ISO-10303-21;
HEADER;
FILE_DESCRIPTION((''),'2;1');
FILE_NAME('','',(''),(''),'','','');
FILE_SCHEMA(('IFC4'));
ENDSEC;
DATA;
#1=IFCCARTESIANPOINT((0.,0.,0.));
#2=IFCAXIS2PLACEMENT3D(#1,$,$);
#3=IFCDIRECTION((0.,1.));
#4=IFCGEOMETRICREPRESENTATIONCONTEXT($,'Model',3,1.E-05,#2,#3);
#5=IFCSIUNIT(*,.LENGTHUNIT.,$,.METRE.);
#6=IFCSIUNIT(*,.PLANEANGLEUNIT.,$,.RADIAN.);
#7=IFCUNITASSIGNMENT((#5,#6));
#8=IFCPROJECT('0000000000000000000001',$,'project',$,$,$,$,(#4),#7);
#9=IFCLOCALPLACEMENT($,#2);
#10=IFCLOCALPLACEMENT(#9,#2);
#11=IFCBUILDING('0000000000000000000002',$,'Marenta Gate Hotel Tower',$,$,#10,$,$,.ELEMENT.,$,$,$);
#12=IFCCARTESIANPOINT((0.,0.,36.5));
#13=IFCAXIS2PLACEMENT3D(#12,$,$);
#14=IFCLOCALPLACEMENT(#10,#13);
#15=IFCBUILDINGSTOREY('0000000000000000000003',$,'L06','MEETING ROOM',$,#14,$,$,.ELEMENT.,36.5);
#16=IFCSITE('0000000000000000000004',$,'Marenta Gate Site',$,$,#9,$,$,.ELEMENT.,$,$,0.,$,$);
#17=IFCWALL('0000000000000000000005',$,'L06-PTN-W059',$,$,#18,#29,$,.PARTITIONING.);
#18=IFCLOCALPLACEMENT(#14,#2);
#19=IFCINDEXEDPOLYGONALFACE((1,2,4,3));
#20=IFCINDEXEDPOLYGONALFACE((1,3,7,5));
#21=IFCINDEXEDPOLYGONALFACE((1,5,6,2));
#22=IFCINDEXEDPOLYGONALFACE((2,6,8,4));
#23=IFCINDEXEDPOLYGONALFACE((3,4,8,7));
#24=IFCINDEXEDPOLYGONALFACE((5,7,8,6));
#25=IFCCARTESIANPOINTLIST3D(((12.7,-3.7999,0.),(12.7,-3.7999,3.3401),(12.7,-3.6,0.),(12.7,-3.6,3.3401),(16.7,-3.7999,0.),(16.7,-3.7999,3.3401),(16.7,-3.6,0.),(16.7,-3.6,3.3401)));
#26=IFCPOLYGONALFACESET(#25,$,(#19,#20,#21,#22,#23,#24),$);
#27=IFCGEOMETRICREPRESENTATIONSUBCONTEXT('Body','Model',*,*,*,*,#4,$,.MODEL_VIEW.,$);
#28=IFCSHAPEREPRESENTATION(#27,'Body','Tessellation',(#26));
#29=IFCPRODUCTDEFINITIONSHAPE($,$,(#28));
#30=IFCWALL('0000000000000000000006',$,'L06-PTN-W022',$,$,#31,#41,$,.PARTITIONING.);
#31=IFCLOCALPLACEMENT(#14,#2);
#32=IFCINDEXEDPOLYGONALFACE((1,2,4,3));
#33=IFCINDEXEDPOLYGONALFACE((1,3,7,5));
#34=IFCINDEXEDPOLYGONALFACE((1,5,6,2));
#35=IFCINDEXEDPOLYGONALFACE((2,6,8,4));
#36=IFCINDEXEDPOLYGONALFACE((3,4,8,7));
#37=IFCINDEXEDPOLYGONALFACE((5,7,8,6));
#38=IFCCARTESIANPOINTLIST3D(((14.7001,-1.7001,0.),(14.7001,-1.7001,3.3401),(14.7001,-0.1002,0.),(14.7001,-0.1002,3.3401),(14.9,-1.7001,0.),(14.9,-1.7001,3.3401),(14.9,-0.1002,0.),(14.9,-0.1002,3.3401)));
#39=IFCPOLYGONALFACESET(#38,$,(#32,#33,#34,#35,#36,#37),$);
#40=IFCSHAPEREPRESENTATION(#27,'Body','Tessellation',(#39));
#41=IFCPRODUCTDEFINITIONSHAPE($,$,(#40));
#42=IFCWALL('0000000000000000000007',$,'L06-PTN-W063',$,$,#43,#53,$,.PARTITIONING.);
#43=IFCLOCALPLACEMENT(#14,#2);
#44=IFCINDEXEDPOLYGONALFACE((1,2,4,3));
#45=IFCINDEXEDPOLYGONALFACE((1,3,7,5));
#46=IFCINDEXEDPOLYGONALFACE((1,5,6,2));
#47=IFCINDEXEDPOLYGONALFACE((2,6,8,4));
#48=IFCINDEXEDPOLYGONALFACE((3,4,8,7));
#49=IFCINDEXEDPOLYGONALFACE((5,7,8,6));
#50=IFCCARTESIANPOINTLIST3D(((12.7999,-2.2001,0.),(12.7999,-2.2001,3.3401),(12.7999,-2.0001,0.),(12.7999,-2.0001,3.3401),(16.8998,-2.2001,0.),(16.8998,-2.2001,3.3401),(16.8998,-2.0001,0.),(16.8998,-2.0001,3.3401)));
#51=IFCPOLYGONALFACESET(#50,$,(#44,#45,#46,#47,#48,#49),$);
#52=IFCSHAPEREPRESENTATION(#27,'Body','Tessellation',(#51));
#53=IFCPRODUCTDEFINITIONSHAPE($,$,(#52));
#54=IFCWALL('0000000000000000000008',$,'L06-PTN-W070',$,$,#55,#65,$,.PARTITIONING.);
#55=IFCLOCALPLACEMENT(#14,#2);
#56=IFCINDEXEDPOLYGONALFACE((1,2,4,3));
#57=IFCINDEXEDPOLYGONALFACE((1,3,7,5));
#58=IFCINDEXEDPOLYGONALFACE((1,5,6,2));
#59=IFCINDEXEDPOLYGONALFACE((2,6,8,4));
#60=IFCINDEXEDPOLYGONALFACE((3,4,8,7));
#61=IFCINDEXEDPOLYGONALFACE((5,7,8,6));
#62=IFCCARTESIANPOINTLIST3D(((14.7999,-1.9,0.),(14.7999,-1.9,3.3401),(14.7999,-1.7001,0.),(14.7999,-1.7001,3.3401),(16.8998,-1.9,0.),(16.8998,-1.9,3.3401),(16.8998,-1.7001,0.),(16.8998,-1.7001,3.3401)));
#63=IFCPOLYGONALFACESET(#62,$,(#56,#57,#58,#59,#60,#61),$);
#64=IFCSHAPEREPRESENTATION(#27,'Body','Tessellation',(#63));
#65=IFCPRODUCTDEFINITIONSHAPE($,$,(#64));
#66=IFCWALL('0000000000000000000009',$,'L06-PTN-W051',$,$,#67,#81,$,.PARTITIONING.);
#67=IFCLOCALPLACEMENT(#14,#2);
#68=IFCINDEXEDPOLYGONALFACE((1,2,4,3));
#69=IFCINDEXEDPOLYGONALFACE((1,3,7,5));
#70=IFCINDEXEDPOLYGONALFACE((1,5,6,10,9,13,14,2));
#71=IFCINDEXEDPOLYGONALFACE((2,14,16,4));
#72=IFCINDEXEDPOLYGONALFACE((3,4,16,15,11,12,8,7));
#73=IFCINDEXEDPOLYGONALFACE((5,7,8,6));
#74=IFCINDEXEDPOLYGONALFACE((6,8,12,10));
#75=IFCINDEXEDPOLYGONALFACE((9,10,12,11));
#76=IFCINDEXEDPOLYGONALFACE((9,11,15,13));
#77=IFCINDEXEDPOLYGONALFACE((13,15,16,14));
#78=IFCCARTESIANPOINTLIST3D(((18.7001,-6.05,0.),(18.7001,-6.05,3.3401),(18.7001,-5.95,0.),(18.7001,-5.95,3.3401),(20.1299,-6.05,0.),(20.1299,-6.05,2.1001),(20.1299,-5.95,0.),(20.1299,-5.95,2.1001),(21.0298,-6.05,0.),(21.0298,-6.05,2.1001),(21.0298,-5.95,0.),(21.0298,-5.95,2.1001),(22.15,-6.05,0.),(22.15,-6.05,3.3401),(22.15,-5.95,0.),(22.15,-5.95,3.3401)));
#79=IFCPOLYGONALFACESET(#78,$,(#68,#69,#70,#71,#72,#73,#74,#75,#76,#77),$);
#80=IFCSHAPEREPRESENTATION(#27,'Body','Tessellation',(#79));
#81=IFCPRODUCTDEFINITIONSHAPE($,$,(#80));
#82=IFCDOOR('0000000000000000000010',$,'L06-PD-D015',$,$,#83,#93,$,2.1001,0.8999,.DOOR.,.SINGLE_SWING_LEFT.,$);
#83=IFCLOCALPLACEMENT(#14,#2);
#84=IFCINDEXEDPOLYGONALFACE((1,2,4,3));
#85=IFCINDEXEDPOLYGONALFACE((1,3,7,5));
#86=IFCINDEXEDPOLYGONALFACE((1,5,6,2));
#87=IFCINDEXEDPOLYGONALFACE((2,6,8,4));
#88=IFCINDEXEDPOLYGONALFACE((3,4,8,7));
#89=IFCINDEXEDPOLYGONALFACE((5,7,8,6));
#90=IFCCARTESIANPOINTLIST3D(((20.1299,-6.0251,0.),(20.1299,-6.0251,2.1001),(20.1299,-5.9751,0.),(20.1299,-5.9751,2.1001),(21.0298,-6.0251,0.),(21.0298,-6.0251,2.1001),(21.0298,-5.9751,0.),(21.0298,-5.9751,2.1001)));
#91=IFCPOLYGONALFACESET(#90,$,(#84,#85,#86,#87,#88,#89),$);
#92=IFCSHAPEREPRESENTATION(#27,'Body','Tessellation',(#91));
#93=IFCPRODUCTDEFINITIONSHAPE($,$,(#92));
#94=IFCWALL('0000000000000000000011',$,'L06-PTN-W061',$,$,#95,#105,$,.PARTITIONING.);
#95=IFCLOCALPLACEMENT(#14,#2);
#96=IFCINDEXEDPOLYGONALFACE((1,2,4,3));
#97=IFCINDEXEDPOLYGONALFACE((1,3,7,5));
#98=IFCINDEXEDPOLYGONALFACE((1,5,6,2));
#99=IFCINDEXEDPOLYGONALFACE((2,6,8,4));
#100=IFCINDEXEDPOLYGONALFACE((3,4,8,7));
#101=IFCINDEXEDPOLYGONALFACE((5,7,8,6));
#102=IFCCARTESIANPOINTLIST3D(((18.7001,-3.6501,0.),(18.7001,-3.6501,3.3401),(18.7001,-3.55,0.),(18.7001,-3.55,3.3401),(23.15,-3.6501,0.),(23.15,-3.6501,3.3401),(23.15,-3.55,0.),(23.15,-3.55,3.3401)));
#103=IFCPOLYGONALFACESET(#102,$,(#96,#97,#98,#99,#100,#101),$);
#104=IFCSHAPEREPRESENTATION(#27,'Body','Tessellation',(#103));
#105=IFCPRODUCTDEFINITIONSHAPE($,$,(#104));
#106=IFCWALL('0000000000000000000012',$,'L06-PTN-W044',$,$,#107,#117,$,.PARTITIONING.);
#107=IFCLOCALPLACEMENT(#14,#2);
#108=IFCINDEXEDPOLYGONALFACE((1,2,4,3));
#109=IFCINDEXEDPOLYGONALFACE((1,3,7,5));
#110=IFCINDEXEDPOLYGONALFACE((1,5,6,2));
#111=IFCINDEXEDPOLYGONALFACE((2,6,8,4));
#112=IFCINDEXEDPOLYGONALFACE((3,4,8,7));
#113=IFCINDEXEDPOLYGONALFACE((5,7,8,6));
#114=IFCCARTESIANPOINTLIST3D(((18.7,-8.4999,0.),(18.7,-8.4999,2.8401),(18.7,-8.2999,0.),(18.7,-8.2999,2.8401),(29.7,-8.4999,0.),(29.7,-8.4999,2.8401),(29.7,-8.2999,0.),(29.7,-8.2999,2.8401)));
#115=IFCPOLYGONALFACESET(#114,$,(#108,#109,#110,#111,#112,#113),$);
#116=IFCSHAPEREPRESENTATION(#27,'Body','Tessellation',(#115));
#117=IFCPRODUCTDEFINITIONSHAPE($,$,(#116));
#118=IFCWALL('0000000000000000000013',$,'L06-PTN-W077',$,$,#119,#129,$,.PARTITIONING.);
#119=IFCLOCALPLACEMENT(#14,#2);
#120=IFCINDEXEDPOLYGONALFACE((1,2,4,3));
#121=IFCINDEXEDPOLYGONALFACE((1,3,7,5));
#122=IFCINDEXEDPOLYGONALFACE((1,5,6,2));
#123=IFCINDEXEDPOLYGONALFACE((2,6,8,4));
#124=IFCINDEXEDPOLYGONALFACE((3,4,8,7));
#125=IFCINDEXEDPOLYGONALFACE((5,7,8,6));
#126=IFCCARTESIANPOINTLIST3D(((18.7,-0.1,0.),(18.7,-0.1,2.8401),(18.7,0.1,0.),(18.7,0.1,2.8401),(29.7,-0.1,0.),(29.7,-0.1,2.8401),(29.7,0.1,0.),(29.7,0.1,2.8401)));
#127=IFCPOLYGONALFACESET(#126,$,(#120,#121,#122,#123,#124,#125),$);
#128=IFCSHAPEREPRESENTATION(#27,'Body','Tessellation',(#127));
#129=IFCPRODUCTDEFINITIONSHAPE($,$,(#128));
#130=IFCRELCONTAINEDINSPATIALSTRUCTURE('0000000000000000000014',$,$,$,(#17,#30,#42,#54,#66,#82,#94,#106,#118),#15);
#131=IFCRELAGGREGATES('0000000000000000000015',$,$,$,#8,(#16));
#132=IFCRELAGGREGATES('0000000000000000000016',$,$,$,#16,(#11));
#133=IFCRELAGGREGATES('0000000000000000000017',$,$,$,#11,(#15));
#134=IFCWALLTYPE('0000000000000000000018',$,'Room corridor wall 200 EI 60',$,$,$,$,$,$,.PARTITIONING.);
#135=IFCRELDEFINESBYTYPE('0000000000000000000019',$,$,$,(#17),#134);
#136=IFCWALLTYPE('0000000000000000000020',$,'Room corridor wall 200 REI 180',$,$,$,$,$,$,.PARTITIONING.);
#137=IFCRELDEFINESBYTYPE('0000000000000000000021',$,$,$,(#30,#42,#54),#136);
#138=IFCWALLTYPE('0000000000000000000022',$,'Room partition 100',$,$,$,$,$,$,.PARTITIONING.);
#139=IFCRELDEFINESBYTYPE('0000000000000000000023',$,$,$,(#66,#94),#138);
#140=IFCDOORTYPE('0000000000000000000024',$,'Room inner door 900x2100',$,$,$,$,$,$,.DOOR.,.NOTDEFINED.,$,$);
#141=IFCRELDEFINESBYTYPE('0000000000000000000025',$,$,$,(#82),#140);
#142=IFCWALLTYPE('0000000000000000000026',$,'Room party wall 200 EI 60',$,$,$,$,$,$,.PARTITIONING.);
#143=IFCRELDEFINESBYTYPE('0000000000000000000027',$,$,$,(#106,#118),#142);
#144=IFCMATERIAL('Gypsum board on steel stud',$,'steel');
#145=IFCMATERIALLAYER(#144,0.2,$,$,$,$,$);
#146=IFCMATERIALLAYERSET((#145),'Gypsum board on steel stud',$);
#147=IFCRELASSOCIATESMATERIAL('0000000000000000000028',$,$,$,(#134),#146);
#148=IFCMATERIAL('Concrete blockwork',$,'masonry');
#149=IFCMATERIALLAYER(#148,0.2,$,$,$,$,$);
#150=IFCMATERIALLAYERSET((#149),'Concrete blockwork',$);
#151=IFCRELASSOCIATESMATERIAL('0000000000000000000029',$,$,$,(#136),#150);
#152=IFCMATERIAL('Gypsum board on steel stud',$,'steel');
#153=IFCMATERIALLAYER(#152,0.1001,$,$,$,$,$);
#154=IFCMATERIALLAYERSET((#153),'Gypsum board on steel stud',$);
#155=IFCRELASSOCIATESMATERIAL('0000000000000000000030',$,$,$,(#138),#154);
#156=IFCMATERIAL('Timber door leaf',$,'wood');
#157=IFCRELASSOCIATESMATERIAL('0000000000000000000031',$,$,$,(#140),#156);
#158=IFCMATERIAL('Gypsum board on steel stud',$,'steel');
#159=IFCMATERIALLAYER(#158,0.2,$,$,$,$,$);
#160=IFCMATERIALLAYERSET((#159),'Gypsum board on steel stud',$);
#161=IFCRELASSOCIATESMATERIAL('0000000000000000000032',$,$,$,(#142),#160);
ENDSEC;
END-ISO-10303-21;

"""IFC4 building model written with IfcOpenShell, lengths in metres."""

from ifc_helpers import new_model, si_unit, direction, frame, frame_2d, origin, place, context, subcontext, project, spatial, rectangle, extrude, material, layer, layer_set, type_object, element, fill, save


model = new_model("IFC4")

# Units and contexts
model_context = context("Model", 3, precision=1e-05, world=origin(), true_north=direction((0.0, 1.0)))
body_context = subcontext(model_context, "Body", "Model", "MODEL_VIEW")
ifc_project = project(units=[si_unit("LENGTHUNIT", "METRE"), si_unit("PLANEANGLEUNIT", "RADIAN")], contexts=[model_context])

# Site, building, storey
site_placement = place(None, origin())
site = spatial("IfcSite", under=ifc_project, at=site_placement, Name="Marenta Gate Site", CompositionType="ELEMENT", RefElevation=0.0)
building_placement = place(site_placement, origin())
building = spatial("IfcBuilding", under=site, at=building_placement, Name="Marenta Gate Hotel Tower", CompositionType="ELEMENT")
storey_placement = place(building_placement, frame((0.0, 0.0, 36.5)))
storey = spatial("IfcBuildingStorey", under=building, at=storey_placement, Name="L06", Description="MEETING ROOM", CompositionType="ELEMENT", Elevation=36.5)

# Walls
ifc_material_1 = material(Name="Gypsum board on steel stud", Category="steel")
ifc_layer_1 = layer(ifc_material_1, 0.2)
ifc_layer_set_1 = layer_set([ifc_layer_1], Name="Gypsum board on steel stud")
wall_type_1 = type_object("IfcWallType", Name="Room corridor wall 200 EI 60", PredefinedType="PARTITIONING", material=ifc_layer_set_1)
wall_1_placement = place(storey_placement, frame((12.7, -3.7, 0.0), z_axis=(0.0, 0.0, 1.0), x_axis=(1.0, 0.0, 0.0)))
element("IfcWall", 1, at=wall_1_placement, inside=storey, type_object=wall_type_1, Name="L06-PTN-W059", PredefinedType="PARTITIONING", context=body_context, shape_type="SweptSolid", body=[
    extrude(rectangle(XDim=4.0, YDim=0.2, at=frame_2d((2.0, 0.0))), origin(), (0.0, 0.0, 1.0), 3.3401),
])
ifc_material_2 = material(Name="Concrete blockwork", Category="masonry")
ifc_layer_2 = layer(ifc_material_2, 0.2)
ifc_layer_set_2 = layer_set([ifc_layer_2], Name="Concrete blockwork")
wall_type_2 = type_object("IfcWallType", Name="Room corridor wall 200 REI 180", PredefinedType="PARTITIONING", material=ifc_layer_set_2)
wall_2_placement = place(storey_placement, frame((14.8, -1.7, 0.0), z_axis=(0.0, 0.0, 1.0), x_axis=(0.0, 1.0, 0.0)))
element("IfcWall", 2, at=wall_2_placement, inside=storey, type_object=wall_type_2, Name="L06-PTN-W022", PredefinedType="PARTITIONING", context=body_context, shape_type="SweptSolid", body=[
    extrude(rectangle(XDim=1.5999, YDim=0.2, at=frame_2d((0.7998, 0.0))), origin(), (0.0, 0.0, 1.0), 3.3401),
])

# Walls
wall_3_placement = place(storey_placement, frame((12.8, -2.1001, 0.0), z_axis=(0.0, 0.0, 1.0), x_axis=(1.0, 0.0, 0.0)))
element("IfcWall", 3, at=wall_3_placement, inside=storey, type_object=wall_type_2, Name="L06-PTN-W063", PredefinedType="PARTITIONING", context=body_context, shape_type="SweptSolid", body=[
    extrude(rectangle(XDim=4.0999, YDim=0.2, at=frame_2d((2.0498, 0.0))), origin(), (0.0, 0.0, 1.0), 3.3401),
])
wall_4_placement = place(storey_placement, frame((14.8, -1.8, 0.0), z_axis=(0.0, 0.0, 1.0), x_axis=(1.0, 0.0, 0.0)))
element("IfcWall", 4, at=wall_4_placement, inside=storey, type_object=wall_type_2, Name="L06-PTN-W070", PredefinedType="PARTITIONING", context=body_context, shape_type="SweptSolid", body=[
    extrude(rectangle(XDim=2.0999, YDim=0.2, at=frame_2d((1.0498, 0.0))), origin(), (0.0, 0.0, 1.0), 3.3401),
])

# Wall, opening, door
ifc_material_3 = material(Name="Gypsum board on steel stud", Category="steel")
ifc_layer_3 = layer(ifc_material_3, 0.1001)
ifc_layer_set_3 = layer_set([ifc_layer_3], Name="Gypsum board on steel stud")
wall_type_3 = type_object("IfcWallType", Name="Room partition 100", PredefinedType="PARTITIONING", material=ifc_layer_set_3)
wall_5_placement = place(storey_placement, frame((18.7, -6.0, 0.0), z_axis=(0.0, 0.0, 1.0), x_axis=(1.0, 0.0, 0.0)))
wall_5 = element("IfcWall", 5, at=wall_5_placement, inside=storey, type_object=wall_type_3, Name="L06-PTN-W051", PredefinedType="PARTITIONING", context=body_context, shape_type="SweptSolid", body=[
    extrude(rectangle(XDim=3.45, YDim=0.1001, at=frame_2d((1.7251, 0.0))), origin(), (0.0, 0.0, 1.0), 3.3401),
])
opening_1_placement = place(wall_5_placement, frame((1.4299, 0.0, 0.0)))
opening_1 = element("IfcOpeningElement", 6, at=opening_1_placement, cuts=wall_5, PredefinedType="OPENING", context=body_context, shape_type="SweptSolid", body=[
    extrude(rectangle(XDim=0.8999, YDim=2.1001, at=frame_2d((0.45, 1.05))), frame((0.0, 0.05, 0.0), z_axis=(0.0, -1.0, 0.0), x_axis=(1.0, 0.0, 0.0)), (0.0, 0.0, 1.0), 0.1001),
])
ifc_material_4 = material(Name="Timber door leaf", Category="wood")
door_type_1 = type_object("IfcDoorType", Name="Room inner door 900x2100", OperationType="NOTDEFINED", PredefinedType="DOOR", material=ifc_material_4)
door_1_placement = place(opening_1_placement, origin())
door_1 = element("IfcDoor", 7, at=door_1_placement, inside=storey, type_object=door_type_1, Name="L06-PD-D015", OperationType="SINGLE_SWING_LEFT", OverallHeight=2.1001, OverallWidth=0.8999, PredefinedType="DOOR", context=body_context, shape_type="SweptSolid", body=[
    extrude(rectangle(XDim=0.8999, YDim=2.1001, at=frame_2d((0.45, 1.05))), frame((0.0, 0.0249, 0.0), z_axis=(0.0, -1.0, 0.0), x_axis=(1.0, 0.0, 0.0)), (0.0, 0.0, 1.0), 0.05),
])
fill(opening_1, door_1)

# Walls
wall_6_placement = place(storey_placement, frame((18.7, -3.6001, 0.0), z_axis=(0.0, 0.0, 1.0), x_axis=(1.0, 0.0, 0.0)))
element("IfcWall", 8, at=wall_6_placement, inside=storey, type_object=wall_type_3, Name="L06-PTN-W061", PredefinedType="PARTITIONING", context=body_context, shape_type="SweptSolid", body=[
    extrude(rectangle(XDim=4.45, YDim=0.1001, at=frame_2d((2.2251, 0.0))), origin(), (0.0, 0.0, 1.0), 3.3401),
])
ifc_material_5 = material(Name="Gypsum board on steel stud", Category="steel")
ifc_layer_4 = layer(ifc_material_5, 0.2)
ifc_layer_set_4 = layer_set([ifc_layer_4], Name="Gypsum board on steel stud")
wall_type_4 = type_object("IfcWallType", Name="Room party wall 200 EI 60", PredefinedType="PARTITIONING", material=ifc_layer_set_4)
for number, where, z_axis, x_axis, name in (
    (9, (18.7, -8.3999, 0.0), (0.0, 0.0, 1.0), (1.0, 0.0, 0.0), "L06-PTN-W044"),
    (10, (18.7, 0.0, 0.0), (0.0, 0.0, 1.0), (1.0, 0.0, 0.0), "L06-PTN-W077"),
):
    element("IfcWall", number, at=place(storey_placement, frame(where, z_axis=z_axis, x_axis=x_axis)), inside=storey, type_object=wall_type_4, Name=name, PredefinedType="PARTITIONING", context=body_context, shape_type="SweptSolid", body=[
        extrude(rectangle(XDim=11.0, YDim=0.2, at=frame_2d((5.5, 0.0))), origin(), (0.0, 0.0, 1.0), 2.8401),
    ])

save(model, "model.ifc")
